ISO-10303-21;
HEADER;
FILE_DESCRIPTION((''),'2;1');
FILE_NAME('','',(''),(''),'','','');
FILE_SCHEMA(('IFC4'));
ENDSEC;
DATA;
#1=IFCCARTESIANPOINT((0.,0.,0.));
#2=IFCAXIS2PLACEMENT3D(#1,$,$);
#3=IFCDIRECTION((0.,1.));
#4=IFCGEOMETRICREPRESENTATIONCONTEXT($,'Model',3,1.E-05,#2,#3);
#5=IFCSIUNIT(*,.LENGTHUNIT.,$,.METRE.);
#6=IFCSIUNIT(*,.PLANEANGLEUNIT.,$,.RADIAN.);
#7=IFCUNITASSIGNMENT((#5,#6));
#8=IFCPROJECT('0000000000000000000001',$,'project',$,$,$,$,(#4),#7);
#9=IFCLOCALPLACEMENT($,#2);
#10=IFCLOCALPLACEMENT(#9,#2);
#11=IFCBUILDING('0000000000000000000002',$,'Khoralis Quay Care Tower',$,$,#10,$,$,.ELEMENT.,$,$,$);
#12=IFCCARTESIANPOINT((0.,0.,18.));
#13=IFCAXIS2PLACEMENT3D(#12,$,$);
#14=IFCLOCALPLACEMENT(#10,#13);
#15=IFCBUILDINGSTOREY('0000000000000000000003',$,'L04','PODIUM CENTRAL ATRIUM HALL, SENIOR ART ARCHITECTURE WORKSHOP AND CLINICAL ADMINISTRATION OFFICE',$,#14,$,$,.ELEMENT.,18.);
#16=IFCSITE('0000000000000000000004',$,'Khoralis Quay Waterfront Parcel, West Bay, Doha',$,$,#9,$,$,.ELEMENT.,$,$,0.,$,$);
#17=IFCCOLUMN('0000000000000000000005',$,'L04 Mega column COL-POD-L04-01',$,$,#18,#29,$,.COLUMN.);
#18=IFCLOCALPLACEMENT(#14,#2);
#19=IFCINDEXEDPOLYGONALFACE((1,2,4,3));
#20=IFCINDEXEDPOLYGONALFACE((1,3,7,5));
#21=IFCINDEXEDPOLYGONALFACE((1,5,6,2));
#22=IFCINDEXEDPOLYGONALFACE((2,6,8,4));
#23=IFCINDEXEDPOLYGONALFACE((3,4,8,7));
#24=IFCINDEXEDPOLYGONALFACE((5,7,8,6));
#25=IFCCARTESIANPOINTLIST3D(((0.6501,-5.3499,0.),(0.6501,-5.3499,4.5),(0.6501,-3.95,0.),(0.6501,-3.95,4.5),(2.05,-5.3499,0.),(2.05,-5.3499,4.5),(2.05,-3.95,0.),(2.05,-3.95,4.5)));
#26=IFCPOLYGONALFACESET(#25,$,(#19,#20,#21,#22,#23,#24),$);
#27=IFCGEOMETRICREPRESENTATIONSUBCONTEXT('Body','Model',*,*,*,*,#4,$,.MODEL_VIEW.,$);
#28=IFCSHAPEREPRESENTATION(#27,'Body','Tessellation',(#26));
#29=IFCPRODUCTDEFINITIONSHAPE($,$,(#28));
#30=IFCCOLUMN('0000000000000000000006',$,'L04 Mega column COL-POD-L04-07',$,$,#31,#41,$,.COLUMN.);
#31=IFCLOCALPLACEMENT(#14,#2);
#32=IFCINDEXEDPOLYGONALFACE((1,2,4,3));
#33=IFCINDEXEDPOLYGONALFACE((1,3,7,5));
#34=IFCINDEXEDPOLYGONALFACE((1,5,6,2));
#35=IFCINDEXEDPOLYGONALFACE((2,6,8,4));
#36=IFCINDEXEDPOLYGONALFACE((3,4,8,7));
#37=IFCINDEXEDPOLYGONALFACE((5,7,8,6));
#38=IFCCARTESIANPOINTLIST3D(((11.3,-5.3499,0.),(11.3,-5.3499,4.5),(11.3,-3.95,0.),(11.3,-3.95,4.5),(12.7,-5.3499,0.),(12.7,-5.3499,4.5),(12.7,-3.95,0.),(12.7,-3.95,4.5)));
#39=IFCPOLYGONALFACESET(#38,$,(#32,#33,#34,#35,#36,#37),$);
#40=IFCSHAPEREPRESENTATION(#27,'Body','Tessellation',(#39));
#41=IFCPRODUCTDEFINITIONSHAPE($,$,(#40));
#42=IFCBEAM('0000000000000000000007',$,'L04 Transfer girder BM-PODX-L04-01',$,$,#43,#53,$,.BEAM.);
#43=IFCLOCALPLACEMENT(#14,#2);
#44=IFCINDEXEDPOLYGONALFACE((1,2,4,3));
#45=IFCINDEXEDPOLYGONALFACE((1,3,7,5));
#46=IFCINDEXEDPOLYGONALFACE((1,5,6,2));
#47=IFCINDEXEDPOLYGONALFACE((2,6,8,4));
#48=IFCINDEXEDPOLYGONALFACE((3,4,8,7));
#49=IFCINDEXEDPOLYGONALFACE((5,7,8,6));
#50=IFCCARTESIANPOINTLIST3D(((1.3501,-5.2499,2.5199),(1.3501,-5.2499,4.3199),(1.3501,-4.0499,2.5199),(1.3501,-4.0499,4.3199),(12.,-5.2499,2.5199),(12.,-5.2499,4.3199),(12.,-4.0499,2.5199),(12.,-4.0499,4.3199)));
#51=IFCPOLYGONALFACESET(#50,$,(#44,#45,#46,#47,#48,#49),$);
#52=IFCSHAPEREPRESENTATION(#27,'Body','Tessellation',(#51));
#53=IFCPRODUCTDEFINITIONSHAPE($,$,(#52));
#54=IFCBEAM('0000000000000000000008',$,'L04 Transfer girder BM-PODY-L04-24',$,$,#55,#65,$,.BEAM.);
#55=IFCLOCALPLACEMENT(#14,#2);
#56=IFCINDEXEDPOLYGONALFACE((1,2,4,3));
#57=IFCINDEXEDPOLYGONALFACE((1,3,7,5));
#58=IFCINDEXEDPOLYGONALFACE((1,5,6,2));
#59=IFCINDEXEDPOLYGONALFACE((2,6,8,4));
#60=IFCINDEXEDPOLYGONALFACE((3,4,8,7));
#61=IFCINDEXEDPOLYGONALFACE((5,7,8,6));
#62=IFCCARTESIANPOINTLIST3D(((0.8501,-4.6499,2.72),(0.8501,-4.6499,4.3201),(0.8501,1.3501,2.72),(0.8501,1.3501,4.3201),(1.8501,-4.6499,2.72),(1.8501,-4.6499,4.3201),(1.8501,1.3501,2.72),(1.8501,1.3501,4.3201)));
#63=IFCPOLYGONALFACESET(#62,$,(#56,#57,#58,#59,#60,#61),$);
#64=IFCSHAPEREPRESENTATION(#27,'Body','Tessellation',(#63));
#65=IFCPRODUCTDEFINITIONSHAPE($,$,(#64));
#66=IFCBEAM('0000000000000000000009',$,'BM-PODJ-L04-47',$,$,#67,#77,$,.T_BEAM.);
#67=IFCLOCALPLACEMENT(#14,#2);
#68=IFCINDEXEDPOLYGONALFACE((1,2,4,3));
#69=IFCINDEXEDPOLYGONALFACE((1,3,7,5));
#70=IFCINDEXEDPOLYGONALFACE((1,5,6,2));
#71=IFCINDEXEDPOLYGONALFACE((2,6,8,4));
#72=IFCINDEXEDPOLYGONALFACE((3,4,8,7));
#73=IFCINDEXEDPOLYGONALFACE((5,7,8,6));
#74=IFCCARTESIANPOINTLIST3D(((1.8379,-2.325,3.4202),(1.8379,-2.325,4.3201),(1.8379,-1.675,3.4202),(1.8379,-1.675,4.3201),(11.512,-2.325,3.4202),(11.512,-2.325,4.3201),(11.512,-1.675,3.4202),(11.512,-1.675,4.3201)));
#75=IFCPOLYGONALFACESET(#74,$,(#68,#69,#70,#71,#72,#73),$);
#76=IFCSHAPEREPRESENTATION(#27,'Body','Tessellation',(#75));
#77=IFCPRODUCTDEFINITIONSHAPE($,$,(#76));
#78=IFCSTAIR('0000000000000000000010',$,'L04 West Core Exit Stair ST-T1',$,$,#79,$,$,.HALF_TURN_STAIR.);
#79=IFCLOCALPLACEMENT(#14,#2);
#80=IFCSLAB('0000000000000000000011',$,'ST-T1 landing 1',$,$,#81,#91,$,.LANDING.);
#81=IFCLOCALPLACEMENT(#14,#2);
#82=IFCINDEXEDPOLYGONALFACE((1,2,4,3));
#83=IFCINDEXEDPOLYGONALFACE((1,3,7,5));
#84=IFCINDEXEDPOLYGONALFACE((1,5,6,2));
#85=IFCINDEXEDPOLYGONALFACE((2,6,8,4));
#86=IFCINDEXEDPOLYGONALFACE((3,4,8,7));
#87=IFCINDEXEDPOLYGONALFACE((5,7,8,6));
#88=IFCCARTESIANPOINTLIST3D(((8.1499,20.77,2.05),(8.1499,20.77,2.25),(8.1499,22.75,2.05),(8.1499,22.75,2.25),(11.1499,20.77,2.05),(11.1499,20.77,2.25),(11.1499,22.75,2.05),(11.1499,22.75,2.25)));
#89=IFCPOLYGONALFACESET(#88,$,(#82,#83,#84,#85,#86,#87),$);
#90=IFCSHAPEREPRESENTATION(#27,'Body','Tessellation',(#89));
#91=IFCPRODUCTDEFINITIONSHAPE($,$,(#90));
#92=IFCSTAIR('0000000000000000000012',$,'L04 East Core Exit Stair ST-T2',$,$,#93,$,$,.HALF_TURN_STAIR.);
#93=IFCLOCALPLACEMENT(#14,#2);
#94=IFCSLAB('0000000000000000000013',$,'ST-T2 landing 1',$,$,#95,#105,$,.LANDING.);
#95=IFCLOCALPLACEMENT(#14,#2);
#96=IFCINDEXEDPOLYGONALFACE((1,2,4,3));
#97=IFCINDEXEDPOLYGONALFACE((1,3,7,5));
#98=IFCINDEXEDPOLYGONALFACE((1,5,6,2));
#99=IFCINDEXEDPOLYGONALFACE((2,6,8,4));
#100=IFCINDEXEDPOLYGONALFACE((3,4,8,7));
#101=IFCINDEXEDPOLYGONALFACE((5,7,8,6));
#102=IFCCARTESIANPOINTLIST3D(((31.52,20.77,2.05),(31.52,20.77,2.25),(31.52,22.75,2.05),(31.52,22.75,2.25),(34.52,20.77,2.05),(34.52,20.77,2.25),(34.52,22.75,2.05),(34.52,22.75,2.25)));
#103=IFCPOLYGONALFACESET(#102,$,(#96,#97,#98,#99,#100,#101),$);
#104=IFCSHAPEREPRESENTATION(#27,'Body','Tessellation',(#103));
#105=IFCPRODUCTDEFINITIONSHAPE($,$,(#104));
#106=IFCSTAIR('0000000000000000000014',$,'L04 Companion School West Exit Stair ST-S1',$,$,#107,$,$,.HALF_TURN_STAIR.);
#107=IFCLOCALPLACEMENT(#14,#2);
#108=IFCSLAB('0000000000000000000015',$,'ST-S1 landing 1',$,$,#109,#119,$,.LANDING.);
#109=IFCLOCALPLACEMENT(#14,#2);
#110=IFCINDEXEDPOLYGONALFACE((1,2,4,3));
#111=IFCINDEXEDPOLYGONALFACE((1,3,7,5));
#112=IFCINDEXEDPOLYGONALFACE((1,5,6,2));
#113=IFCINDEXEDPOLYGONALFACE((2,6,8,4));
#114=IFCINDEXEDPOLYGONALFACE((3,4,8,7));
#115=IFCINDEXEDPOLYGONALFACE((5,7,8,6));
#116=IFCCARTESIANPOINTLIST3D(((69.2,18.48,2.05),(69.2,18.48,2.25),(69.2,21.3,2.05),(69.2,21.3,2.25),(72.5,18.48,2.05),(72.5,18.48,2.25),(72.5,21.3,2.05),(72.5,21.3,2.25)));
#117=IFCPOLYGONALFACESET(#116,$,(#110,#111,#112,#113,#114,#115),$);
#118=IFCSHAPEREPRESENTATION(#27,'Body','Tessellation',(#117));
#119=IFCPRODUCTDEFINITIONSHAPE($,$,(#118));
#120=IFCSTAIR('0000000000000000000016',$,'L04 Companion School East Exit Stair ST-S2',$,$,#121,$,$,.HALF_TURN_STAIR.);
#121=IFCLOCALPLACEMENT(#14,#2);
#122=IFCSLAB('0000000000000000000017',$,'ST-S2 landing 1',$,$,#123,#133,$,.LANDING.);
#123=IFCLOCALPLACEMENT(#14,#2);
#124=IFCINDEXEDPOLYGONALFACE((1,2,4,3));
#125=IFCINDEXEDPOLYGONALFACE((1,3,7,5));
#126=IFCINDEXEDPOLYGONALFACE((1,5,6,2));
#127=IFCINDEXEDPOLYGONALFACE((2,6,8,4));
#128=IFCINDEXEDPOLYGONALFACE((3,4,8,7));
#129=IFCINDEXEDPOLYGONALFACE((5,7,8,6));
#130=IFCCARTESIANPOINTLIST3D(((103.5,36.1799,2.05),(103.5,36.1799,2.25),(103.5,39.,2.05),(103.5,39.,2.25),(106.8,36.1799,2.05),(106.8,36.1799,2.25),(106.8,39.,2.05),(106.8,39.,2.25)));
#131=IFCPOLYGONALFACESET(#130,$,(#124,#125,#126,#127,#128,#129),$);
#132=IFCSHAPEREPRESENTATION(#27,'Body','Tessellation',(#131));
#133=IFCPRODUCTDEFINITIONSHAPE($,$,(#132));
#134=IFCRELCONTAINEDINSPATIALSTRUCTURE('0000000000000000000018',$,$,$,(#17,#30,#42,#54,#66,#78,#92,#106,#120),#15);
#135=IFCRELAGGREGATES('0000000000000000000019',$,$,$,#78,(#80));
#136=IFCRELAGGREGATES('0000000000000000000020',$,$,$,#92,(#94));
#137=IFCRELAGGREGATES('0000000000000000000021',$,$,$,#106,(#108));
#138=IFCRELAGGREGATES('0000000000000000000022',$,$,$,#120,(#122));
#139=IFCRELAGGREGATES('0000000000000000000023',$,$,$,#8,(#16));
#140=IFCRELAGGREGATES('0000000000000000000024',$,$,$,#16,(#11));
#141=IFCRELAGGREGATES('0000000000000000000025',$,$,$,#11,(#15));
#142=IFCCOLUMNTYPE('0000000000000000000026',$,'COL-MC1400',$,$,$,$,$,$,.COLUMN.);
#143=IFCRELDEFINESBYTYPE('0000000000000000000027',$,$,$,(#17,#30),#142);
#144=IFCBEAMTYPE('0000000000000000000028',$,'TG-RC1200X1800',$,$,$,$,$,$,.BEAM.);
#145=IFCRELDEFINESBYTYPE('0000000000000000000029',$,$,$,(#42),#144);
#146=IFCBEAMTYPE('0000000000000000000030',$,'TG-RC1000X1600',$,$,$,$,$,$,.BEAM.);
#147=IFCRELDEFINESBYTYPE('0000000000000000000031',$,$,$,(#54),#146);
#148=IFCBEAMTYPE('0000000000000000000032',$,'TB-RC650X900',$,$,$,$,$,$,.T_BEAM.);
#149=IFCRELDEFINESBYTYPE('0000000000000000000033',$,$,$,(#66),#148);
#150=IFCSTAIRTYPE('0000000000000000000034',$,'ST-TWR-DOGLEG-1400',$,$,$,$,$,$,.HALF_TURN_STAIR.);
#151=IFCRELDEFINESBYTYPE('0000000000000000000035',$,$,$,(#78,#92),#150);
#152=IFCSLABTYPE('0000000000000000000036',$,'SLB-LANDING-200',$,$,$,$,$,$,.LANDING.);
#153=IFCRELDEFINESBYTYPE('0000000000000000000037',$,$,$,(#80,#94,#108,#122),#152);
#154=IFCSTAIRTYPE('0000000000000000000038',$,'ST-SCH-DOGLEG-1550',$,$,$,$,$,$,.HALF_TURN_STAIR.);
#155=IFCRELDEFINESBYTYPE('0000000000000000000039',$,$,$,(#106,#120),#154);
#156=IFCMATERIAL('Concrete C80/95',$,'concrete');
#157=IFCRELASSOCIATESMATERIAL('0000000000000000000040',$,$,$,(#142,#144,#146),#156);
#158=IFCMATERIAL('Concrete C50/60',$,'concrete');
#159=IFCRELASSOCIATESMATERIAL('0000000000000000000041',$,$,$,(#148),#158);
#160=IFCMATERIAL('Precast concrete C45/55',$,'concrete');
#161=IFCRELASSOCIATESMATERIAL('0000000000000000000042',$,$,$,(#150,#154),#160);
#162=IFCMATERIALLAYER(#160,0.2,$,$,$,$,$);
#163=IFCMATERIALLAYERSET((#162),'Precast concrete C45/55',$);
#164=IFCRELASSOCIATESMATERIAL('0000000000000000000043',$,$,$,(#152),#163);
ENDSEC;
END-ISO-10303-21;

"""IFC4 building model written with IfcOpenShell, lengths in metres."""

from ifc_helpers import new_model, si_unit, direction, frame, origin, origin_2d, place, context, subcontext, project, spatial, polyline, rectangle, outline, extrude, source, transform, mapped, material, layer, layer_set, material_profile, profile_set, type_object, element, aggregate, save


model = new_model("IFC4")

# Units and contexts
model_context = context("Model", 3, precision=1e-05, world=origin(), true_north=direction((0.0, 1.0)))
body_context = subcontext(model_context, "Body", "Model", "MODEL_VIEW")
ifc_project = project(units=[si_unit("LENGTHUNIT", "METRE"), si_unit("PLANEANGLEUNIT", "RADIAN")], contexts=[model_context])

# Site, building, storey
site_placement = place(None, origin())
site = spatial("IfcSite", under=ifc_project, at=site_placement, Name="Khoralis Quay Waterfront Parcel, West Bay, Doha", CompositionType="ELEMENT", RefElevation=0.0)
building_placement = place(site_placement, origin())
building = spatial("IfcBuilding", under=site, at=building_placement, Name="Khoralis Quay Care Tower", CompositionType="ELEMENT")
storey_placement = place(building_placement, frame((0.0, 0.0, 18.0)))
storey = spatial("IfcBuildingStorey", under=building, at=storey_placement, Name="L04", Description="PODIUM CENTRAL ATRIUM HALL, SENIOR ART ARCHITECTURE WORKSHOP AND CLINICAL ADMINISTRATION OFFICE", CompositionType="ELEMENT", Elevation=18.0)

# Columns
ifc_material_1 = material(Name="Concrete C80/95", Category="concrete")
ifc_material_profile_1 = material_profile(ifc_material_1, rectangle(XDim=1.3999, YDim=1.3999, at=origin_2d()), Name="Concrete C80/95")
ifc_profile_set_1 = profile_set([ifc_material_profile_1], Name="Concrete C80/95")
column_type = type_object("IfcColumnType", Name="COL-MC1400", PredefinedType="COLUMN", material=ifc_profile_set_1)
shared_shape_1 = source(origin(), body_context, "Body", "SweptSolid", [
    extrude(rectangle(XDim=1.3999, YDim=1.3999, at=origin_2d()), origin(), (0.0, 0.0, 1.0), 4.5),
])
for number, where, z_axis, x_axis, name in (
    (1, (1.3501, -4.6499, 0.0), (0.0, 0.0, 1.0), (1.0, 0.0, 0.0), "L04 Mega column COL-POD-L04-01"),
    (2, (12.0, -4.6499, 0.0), (0.0, 0.0, 1.0), (1.0, 0.0, 0.0), "L04 Mega column COL-POD-L04-07"),
):
    element("IfcColumn", number, at=place(storey_placement, frame(where, z_axis=z_axis, x_axis=x_axis)), inside=storey, type_object=column_type, Name=name, PredefinedType="COLUMN", context=body_context, shape_type="MappedRepresentation", body=[
        mapped(shared_shape_1, transform((0.0, 0.0, 0.0), scale=1.0)),
    ])

# Beams
ifc_material_profile_2 = material_profile(ifc_material_1, rectangle(XDim=1.2, YDim=1.8, at=origin_2d()), Name="Concrete C80/95")
ifc_profile_set_2 = profile_set([ifc_material_profile_2], Name="Concrete C80/95")
beam_type_1 = type_object("IfcBeamType", Name="TG-RC1200X1800", PredefinedType="BEAM", material=ifc_profile_set_2)
shared_shape_2 = source(origin(), body_context, "Body", "SweptSolid", [
    extrude(rectangle(XDim=1.2, YDim=1.8, at=origin_2d()), origin(), (0.0, 0.0, 1.0), 10.6499),
])
beam_1_placement = place(storey_placement, frame((1.3501, -4.6499, 3.4199), z_axis=(1.0, 0.0, 0.0), x_axis=(0.0, 1.0, 0.0)))
element("IfcBeam", 3, at=beam_1_placement, inside=storey, type_object=beam_type_1, Name="L04 Transfer girder BM-PODX-L04-01", PredefinedType="BEAM", context=body_context, shape_type="MappedRepresentation", body=[
    mapped(shared_shape_2, transform((0.0, 0.0, 0.0), scale=1.0)),
])
ifc_material_profile_3 = material_profile(ifc_material_1, rectangle(XDim=1.0, YDim=1.6001, at=origin_2d()), Name="Concrete C80/95")
ifc_profile_set_3 = profile_set([ifc_material_profile_3], Name="Concrete C80/95")
beam_type_2 = type_object("IfcBeamType", Name="TG-RC1000X1600", PredefinedType="BEAM", material=ifc_profile_set_3)
shared_shape_3 = source(origin(), body_context, "Body", "SweptSolid", [
    extrude(rectangle(XDim=1.0, YDim=1.6001, at=origin_2d()), origin(), (0.0, 0.0, 1.0), 6.0),
])
beam_2_placement = place(storey_placement, frame((1.3501, -4.6499, 3.52), z_axis=(0.0, 1.0, 0.0), x_axis=(-1.0, 0.0, 0.0)))
element("IfcBeam", 4, at=beam_2_placement, inside=storey, type_object=beam_type_2, Name="L04 Transfer girder BM-PODY-L04-24", PredefinedType="BEAM", context=body_context, shape_type="MappedRepresentation", body=[
    mapped(shared_shape_3, transform((0.0, 0.0, 0.0), scale=1.0)),
])
ifc_material_2 = material(Name="Concrete C50/60", Category="concrete")
ifc_material_profile_4 = material_profile(ifc_material_2, rectangle(XDim=0.6499, YDim=0.8999, at=origin_2d()), Name="Concrete C50/60")
ifc_profile_set_4 = profile_set([ifc_material_profile_4], Name="Concrete C50/60")
beam_type_3 = type_object("IfcBeamType", Name="TB-RC650X900", PredefinedType="T_BEAM", material=ifc_profile_set_4)
shared_shape_4 = source(origin(), body_context, "Body", "SweptSolid", [
    extrude(rectangle(XDim=0.6499, YDim=0.8999, at=origin_2d()), origin(), (0.0, 0.0, 1.0), 9.6741),
])
beam_3_placement = place(storey_placement, frame((1.8379, -2.0, 3.8701), z_axis=(1.0, 0.0, 0.0), x_axis=(0.0, 1.0, 0.0)))
element("IfcBeam", 5, at=beam_3_placement, inside=storey, type_object=beam_type_3, Name="BM-PODJ-L04-47", PredefinedType="T_BEAM", context=body_context, shape_type="MappedRepresentation", body=[
    mapped(shared_shape_4, transform((0.0, 0.0, 0.0), scale=1.0)),
])

# Stairs, slabs
ifc_material_3 = material(Name="Precast concrete C45/55", Category="concrete")
stair_type_1 = type_object("IfcStairType", Name="ST-TWR-DOGLEG-1400", PredefinedType="HALF_TURN_STAIR", material=ifc_material_3)
stair_1_placement = place(storey_placement, origin())
stair_1 = element("IfcStair", 6, at=stair_1_placement, inside=storey, type_object=stair_type_1, Name="L04 West Core Exit Stair ST-T1", PredefinedType="HALF_TURN_STAIR")
ifc_layer_1 = layer(ifc_material_3, 0.2)
ifc_layer_set_1 = layer_set([ifc_layer_1], Name="Precast concrete C45/55")
slab_type_1 = type_object("IfcSlabType", Name="SLB-LANDING-200", PredefinedType="LANDING", material=ifc_layer_set_1)
slab_1_placement = place(storey_placement, frame((0.0, 0.0, 2.05)))
slab_1 = element("IfcSlab", 7, at=slab_1_placement, type_object=slab_type_1, Name="ST-T1 landing 1", PredefinedType="LANDING", context=body_context, shape_type="SweptSolid", body=[
    extrude(outline(polyline([(11.1499, 20.77), (11.1499, 22.75), (8.1499, 22.75), (8.1499, 20.77), (11.1499, 20.77)])), origin(), (0.0, 0.0, 1.0), 0.2),
])
aggregate(stair_1, [slab_1])
stair_2_placement = place(storey_placement, origin())
stair_2 = element("IfcStair", 8, at=stair_2_placement, inside=storey, type_object=stair_type_1, Name="L04 East Core Exit Stair ST-T2", PredefinedType="HALF_TURN_STAIR")
slab_2_placement = place(storey_placement, frame((0.0, 0.0, 2.05)))
slab_2 = element("IfcSlab", 9, at=slab_2_placement, type_object=slab_type_1, Name="ST-T2 landing 1", PredefinedType="LANDING", context=body_context, shape_type="SweptSolid", body=[
    extrude(outline(polyline([(34.52, 20.77), (34.52, 22.75), (31.52, 22.75), (31.52, 20.77), (34.52, 20.77)])), origin(), (0.0, 0.0, 1.0), 0.2),
])
aggregate(stair_2, [slab_2])
stair_type_2 = type_object("IfcStairType", Name="ST-SCH-DOGLEG-1550", PredefinedType="HALF_TURN_STAIR", material=ifc_material_3)
stair_3_placement = place(storey_placement, origin())
stair_3 = element("IfcStair", 10, at=stair_3_placement, inside=storey, type_object=stair_type_2, Name="L04 Companion School West Exit Stair ST-S1", PredefinedType="HALF_TURN_STAIR")
slab_3_placement = place(storey_placement, frame((0.0, 0.0, 2.05)))
slab_3 = element("IfcSlab", 11, at=slab_3_placement, type_object=slab_type_1, Name="ST-S1 landing 1", PredefinedType="LANDING", context=body_context, shape_type="SweptSolid", body=[
    extrude(outline(polyline([(72.5, 18.48), (72.5, 21.3), (69.2, 21.3), (69.2, 18.48), (72.5, 18.48)])), origin(), (0.0, 0.0, 1.0), 0.2),
])
aggregate(stair_3, [slab_3])
stair_4_placement = place(storey_placement, origin())
stair_4 = element("IfcStair", 12, at=stair_4_placement, inside=storey, type_object=stair_type_2, Name="L04 Companion School East Exit Stair ST-S2", PredefinedType="HALF_TURN_STAIR")
slab_4_placement = place(storey_placement, frame((0.0, 0.0, 2.05)))
slab_4 = element("IfcSlab", 13, at=slab_4_placement, type_object=slab_type_1, Name="ST-S2 landing 1", PredefinedType="LANDING", context=body_context, shape_type="SweptSolid", body=[
    extrude(outline(polyline([(106.8, 36.1799), (106.8, 39.0), (103.5, 39.0), (103.5, 36.1799), (106.8, 36.1799)])), origin(), (0.0, 0.0, 1.0), 0.2),
])
aggregate(stair_4, [slab_4])

save(model, "model.ifc")
